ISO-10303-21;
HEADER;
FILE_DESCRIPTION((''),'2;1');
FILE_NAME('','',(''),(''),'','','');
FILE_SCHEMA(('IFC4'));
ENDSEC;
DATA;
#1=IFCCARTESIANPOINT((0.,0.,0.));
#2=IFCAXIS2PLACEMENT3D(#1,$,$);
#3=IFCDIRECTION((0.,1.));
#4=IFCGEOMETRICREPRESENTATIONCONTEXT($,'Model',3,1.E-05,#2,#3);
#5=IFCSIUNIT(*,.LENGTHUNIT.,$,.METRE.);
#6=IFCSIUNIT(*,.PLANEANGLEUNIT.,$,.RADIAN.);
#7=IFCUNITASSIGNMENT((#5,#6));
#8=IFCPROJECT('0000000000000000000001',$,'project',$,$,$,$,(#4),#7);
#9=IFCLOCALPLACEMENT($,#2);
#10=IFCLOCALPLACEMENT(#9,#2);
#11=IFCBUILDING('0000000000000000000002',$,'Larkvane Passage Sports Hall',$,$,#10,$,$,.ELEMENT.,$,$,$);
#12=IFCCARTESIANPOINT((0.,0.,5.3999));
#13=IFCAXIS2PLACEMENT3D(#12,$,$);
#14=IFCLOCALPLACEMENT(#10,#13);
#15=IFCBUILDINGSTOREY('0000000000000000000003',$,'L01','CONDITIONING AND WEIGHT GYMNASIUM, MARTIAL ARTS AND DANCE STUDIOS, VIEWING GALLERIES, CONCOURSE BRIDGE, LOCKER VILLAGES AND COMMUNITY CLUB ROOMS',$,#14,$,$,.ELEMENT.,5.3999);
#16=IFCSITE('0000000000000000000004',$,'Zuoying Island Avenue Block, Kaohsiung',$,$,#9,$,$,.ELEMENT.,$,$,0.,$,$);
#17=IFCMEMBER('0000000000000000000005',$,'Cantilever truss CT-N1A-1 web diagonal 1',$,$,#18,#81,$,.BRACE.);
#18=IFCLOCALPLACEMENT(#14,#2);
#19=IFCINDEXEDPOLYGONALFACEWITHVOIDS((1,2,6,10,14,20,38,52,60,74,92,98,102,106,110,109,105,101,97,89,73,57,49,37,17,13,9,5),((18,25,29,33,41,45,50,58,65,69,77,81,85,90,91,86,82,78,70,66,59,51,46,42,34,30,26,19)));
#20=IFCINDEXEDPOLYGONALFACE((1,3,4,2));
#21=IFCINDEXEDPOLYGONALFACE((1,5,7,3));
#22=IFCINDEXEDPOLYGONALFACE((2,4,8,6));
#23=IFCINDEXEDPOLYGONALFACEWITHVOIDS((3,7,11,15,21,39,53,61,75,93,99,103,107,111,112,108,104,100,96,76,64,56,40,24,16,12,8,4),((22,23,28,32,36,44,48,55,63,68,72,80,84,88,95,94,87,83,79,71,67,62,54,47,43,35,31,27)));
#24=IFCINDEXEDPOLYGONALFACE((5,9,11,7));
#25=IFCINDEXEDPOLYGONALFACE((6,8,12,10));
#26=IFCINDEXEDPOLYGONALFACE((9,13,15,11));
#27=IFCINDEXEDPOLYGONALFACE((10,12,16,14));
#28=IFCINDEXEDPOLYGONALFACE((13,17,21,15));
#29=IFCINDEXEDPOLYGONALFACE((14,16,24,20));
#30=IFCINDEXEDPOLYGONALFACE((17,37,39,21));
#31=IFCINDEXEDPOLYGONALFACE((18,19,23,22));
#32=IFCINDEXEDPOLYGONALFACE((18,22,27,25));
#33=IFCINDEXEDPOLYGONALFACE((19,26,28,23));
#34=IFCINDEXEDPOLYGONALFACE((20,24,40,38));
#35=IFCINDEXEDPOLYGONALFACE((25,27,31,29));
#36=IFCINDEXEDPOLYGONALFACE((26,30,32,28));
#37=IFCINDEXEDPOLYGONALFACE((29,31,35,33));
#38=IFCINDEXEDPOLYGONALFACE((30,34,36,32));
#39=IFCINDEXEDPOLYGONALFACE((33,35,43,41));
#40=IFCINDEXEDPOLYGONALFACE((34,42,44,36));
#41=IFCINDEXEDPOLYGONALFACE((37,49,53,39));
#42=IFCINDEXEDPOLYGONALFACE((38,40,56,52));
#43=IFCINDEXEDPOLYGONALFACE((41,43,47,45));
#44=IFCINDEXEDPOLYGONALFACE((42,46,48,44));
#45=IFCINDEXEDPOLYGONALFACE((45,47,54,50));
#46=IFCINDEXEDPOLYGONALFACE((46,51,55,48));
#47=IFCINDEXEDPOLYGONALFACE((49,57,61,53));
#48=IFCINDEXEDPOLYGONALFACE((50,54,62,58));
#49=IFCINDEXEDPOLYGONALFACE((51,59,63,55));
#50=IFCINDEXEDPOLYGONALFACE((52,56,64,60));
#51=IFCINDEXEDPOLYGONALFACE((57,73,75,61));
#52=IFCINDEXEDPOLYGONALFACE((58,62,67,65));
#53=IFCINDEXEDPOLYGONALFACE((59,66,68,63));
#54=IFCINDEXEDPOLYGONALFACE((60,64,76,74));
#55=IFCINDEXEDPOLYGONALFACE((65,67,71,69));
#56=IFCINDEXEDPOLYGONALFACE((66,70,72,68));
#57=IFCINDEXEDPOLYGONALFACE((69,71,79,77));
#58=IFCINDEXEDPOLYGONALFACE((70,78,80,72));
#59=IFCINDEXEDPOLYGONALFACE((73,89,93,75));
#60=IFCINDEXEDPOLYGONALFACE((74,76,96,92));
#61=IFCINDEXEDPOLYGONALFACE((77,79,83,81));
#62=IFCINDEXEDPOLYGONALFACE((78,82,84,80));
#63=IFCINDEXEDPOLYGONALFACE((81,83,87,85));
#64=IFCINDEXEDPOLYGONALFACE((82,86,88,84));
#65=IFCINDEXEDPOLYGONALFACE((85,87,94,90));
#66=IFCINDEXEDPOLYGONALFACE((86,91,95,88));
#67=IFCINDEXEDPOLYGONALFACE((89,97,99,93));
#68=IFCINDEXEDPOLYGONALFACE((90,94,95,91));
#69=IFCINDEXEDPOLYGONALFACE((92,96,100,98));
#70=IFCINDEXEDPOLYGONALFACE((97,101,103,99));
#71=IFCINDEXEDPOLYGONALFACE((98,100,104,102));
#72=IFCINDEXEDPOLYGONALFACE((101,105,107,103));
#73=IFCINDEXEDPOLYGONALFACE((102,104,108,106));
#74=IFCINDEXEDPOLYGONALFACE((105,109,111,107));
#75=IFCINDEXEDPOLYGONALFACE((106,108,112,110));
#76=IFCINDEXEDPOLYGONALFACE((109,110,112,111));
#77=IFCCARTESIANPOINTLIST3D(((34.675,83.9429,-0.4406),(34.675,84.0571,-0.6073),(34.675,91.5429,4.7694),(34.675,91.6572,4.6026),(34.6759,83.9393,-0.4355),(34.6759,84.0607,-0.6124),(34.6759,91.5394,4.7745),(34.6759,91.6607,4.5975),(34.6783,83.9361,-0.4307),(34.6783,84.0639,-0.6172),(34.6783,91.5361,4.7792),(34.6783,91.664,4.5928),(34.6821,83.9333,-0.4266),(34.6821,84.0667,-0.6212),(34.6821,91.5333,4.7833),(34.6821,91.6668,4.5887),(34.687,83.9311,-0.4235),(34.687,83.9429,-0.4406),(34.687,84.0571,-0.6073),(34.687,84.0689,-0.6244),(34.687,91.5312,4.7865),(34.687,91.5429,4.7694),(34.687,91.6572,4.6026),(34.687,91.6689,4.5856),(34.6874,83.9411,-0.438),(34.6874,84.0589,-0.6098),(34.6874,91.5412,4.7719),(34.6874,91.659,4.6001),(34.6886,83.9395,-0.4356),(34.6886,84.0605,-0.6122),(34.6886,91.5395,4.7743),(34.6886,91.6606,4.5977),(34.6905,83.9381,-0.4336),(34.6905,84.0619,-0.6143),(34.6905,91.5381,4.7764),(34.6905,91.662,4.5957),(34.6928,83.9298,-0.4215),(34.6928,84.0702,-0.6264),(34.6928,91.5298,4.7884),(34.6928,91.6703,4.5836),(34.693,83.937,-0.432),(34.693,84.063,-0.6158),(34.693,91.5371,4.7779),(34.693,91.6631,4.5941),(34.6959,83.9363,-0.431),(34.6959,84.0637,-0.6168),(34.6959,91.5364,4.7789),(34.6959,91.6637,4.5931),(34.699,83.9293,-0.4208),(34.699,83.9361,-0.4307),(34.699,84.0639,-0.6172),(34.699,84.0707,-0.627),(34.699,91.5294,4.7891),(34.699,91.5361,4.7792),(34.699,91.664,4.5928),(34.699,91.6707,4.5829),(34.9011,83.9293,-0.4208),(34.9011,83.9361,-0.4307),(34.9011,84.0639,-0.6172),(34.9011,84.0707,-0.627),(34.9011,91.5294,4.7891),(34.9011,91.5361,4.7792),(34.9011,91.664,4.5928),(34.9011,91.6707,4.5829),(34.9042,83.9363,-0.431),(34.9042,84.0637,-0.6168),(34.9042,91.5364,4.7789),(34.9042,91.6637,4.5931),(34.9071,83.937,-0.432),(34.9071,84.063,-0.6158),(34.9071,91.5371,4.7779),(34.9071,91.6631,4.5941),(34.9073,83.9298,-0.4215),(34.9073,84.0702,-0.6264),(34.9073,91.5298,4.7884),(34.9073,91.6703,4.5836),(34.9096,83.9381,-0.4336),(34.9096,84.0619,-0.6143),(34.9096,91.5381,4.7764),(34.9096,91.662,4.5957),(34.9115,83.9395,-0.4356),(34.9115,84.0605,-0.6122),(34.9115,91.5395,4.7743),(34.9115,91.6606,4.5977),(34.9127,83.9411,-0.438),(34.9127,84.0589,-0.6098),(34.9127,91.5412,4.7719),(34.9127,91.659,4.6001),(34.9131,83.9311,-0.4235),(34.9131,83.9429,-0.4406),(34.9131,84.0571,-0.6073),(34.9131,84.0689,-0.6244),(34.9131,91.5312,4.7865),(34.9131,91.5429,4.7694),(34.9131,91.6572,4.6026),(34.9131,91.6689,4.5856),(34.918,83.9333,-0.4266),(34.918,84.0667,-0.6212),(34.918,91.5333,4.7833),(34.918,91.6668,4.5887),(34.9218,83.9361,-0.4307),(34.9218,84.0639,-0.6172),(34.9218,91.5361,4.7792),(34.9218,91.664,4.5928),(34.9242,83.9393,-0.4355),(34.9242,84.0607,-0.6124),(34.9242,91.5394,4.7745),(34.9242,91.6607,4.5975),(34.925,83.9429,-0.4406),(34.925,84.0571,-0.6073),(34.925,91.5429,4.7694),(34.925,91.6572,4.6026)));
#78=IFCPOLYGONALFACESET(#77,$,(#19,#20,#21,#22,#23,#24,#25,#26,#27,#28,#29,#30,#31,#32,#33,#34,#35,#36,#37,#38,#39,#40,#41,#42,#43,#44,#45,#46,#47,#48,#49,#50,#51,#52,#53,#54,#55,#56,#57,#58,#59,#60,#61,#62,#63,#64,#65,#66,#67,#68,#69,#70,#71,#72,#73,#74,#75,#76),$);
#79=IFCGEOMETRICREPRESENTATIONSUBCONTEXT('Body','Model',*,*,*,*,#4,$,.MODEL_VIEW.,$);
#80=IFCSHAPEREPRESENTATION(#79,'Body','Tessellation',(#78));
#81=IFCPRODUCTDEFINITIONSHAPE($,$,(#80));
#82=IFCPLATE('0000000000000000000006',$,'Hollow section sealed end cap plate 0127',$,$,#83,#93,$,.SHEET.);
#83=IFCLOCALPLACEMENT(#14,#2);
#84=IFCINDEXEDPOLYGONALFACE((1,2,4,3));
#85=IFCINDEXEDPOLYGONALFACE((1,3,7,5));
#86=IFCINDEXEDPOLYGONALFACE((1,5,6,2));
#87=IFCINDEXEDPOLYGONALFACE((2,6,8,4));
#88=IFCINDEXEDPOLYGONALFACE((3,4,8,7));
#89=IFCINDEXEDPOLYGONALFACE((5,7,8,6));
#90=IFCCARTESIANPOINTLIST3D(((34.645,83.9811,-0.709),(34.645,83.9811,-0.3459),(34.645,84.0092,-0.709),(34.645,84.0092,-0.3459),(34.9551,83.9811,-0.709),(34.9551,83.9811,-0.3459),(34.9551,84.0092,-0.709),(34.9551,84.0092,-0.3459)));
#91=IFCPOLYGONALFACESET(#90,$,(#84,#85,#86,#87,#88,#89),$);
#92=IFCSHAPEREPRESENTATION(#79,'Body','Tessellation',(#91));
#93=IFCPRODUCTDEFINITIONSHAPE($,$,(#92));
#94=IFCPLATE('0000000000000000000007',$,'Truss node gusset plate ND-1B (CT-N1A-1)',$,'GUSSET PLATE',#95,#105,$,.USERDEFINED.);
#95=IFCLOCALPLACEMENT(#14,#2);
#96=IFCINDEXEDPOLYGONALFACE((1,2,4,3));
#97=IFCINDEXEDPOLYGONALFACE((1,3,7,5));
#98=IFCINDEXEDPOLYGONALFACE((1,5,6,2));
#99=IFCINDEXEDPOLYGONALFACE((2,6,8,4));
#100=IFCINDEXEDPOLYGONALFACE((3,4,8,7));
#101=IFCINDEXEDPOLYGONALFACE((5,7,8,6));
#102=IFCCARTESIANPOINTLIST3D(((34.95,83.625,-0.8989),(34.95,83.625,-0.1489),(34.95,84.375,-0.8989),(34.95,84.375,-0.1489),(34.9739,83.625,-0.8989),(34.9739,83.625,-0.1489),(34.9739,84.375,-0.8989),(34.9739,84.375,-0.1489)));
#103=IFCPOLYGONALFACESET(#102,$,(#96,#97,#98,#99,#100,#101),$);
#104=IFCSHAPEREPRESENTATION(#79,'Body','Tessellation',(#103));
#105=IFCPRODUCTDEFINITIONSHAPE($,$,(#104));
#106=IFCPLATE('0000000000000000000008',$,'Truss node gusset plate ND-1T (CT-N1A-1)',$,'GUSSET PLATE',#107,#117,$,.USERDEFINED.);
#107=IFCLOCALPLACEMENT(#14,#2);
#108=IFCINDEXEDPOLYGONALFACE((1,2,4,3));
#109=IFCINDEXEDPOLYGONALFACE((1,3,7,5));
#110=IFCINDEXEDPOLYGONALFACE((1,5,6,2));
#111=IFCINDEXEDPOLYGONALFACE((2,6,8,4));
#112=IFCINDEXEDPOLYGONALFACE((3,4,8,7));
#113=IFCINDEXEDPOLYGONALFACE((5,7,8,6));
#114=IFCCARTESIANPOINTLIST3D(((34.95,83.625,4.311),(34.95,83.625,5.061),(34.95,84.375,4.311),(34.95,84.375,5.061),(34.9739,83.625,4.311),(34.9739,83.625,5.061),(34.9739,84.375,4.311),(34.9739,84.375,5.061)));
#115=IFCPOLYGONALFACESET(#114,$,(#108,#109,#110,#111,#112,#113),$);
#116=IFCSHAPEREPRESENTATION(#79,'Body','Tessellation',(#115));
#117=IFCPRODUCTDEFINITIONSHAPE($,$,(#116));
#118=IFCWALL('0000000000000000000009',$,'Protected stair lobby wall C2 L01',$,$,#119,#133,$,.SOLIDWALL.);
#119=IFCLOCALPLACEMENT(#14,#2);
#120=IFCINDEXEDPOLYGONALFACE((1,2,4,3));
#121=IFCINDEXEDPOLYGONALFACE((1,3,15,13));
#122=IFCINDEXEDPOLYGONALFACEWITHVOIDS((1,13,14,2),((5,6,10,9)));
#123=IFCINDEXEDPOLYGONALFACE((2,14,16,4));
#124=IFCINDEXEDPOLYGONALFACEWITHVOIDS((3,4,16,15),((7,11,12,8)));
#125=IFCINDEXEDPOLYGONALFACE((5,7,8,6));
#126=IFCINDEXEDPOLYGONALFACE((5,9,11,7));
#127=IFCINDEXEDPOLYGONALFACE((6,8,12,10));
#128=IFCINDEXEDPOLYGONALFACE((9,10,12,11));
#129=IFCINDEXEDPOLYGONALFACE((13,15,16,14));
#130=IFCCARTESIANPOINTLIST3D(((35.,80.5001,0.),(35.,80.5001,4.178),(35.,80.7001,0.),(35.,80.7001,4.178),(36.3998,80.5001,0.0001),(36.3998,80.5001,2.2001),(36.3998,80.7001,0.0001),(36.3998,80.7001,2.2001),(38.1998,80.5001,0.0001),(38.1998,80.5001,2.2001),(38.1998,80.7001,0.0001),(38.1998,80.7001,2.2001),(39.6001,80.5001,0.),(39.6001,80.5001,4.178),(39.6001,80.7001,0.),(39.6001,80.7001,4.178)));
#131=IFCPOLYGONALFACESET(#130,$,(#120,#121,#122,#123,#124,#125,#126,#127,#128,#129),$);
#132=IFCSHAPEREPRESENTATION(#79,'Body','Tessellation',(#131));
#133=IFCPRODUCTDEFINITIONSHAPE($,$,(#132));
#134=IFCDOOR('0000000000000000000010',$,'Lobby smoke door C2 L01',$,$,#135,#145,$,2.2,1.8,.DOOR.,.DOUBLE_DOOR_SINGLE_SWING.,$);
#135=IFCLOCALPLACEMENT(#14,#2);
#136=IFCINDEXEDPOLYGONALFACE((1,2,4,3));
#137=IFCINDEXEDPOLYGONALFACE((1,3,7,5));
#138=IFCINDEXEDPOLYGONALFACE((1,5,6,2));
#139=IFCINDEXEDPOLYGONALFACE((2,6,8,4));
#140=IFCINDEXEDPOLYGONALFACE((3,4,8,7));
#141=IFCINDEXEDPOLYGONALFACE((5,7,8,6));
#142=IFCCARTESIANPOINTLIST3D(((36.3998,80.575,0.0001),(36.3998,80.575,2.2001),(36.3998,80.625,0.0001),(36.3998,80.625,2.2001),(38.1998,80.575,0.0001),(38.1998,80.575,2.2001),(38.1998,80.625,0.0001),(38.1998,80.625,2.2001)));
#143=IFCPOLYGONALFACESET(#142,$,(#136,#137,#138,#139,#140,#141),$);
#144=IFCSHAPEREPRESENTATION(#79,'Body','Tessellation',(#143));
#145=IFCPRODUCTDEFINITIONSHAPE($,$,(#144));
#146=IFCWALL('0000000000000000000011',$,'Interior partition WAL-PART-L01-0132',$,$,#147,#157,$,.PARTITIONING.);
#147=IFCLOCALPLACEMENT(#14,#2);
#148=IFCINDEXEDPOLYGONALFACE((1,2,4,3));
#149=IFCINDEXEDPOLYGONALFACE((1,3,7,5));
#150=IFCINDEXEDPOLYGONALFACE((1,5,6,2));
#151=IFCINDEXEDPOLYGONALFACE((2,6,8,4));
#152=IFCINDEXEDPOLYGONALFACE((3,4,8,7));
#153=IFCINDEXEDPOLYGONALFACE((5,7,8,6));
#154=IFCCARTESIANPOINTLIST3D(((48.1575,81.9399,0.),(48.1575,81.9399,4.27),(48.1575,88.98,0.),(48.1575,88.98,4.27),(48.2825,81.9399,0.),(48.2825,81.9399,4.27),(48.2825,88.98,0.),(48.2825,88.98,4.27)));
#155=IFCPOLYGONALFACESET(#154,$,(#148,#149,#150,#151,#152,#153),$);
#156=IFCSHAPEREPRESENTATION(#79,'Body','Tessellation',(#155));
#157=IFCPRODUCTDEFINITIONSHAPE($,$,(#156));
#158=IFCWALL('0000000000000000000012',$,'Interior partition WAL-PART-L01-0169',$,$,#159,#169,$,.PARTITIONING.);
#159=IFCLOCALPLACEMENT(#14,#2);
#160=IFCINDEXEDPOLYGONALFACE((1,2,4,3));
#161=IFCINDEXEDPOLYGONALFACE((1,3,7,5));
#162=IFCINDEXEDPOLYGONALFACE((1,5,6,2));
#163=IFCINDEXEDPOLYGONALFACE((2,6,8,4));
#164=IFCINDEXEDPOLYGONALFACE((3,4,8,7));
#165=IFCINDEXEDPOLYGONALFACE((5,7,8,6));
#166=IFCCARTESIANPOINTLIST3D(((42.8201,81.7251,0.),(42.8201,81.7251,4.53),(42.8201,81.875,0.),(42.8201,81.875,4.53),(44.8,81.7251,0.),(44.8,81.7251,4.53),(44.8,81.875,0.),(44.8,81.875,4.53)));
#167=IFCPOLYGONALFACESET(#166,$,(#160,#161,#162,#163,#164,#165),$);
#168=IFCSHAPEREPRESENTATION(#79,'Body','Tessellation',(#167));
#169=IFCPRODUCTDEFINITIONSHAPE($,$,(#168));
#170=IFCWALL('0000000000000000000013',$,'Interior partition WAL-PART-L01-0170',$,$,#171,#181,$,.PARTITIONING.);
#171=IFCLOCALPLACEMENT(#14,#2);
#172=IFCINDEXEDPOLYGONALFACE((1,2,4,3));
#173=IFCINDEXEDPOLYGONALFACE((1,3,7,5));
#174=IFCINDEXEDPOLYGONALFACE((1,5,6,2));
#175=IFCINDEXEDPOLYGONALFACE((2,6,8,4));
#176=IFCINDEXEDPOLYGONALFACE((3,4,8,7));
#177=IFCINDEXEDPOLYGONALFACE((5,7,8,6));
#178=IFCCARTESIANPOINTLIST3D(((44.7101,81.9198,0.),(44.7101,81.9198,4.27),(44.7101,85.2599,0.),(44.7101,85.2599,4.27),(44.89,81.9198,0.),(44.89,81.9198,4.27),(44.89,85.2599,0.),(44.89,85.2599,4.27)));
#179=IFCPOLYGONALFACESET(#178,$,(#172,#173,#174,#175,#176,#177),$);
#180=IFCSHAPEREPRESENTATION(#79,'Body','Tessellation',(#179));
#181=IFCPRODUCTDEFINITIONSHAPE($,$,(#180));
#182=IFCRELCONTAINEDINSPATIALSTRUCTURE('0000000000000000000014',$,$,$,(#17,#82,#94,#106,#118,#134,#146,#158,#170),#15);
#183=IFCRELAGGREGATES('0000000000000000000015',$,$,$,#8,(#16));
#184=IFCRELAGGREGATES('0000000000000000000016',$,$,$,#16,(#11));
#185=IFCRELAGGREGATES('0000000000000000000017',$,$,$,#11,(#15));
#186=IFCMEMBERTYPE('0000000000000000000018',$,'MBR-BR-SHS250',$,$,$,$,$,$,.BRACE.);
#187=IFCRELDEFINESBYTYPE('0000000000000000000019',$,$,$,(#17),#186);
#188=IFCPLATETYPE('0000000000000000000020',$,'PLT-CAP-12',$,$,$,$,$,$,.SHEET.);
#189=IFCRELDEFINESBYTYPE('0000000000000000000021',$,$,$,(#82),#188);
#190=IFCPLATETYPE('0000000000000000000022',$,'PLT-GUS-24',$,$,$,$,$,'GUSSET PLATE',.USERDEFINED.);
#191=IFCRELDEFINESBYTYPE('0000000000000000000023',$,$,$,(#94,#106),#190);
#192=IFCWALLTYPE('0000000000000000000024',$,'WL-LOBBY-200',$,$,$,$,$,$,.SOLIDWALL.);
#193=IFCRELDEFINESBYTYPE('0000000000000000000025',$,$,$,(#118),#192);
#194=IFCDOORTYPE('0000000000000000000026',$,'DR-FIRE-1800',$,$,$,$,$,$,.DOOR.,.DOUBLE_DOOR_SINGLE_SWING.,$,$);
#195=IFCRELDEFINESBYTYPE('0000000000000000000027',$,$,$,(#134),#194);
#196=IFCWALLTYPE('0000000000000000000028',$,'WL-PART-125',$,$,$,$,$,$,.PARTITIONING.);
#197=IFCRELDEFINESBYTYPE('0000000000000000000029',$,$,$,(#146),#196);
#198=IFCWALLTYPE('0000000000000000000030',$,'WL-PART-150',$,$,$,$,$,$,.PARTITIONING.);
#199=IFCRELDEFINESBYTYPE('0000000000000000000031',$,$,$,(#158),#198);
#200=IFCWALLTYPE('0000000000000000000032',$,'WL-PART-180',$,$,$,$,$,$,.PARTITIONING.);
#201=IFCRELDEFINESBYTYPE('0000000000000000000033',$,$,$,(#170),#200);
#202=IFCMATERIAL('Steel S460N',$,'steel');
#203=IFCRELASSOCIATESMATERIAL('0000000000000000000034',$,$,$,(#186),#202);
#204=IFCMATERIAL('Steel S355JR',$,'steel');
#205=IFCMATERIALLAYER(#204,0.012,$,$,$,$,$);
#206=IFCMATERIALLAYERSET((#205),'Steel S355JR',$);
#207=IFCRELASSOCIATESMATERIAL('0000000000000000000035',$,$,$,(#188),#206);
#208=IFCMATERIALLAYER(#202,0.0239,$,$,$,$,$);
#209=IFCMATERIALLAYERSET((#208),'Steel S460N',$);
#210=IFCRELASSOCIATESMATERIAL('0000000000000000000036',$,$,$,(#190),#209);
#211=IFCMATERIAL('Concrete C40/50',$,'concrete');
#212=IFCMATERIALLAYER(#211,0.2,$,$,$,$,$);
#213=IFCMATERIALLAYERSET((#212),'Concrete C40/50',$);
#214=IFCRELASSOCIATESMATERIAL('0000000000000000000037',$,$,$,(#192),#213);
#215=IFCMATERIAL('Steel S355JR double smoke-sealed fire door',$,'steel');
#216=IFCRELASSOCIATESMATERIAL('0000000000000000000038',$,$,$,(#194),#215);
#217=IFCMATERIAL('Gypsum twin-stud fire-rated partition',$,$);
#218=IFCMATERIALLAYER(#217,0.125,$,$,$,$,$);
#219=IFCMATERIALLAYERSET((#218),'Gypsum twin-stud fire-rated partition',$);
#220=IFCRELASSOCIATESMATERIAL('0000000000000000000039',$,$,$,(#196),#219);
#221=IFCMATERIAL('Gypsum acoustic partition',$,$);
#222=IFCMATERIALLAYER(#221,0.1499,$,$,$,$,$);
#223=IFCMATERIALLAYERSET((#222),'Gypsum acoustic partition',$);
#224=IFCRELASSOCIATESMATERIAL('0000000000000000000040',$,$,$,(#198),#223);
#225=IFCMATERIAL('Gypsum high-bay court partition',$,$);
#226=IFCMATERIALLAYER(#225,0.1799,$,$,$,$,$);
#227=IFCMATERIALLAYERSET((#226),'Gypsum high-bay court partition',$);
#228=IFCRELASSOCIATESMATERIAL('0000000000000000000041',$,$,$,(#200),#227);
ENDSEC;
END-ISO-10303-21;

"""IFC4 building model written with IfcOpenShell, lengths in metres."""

from ifc_helpers import new_model, si_unit, direction, frame, frame_2d, origin, origin_2d, place, context, subcontext, project, spatial, rectangle, hollow_rectangle, extrude, material, layer, layer_set, material_profile, profile_set, type_object, element, fill, save


model = new_model("IFC4")

# Units and contexts
model_context = context("Model", 3, precision=1e-05, world=origin(), true_north=direction((0.0, 1.0)))
body_context = subcontext(model_context, "Body", "Model", "MODEL_VIEW")
ifc_project = project(units=[si_unit("LENGTHUNIT", "METRE"), si_unit("PLANEANGLEUNIT", "RADIAN")], contexts=[model_context])

# Site, building, storey
site_placement = place(None, origin())
site = spatial("IfcSite", under=ifc_project, at=site_placement, Name="Zuoying Island Avenue Block, Kaohsiung", CompositionType="ELEMENT", RefElevation=0.0)
building_placement = place(site_placement, origin())
building = spatial("IfcBuilding", under=site, at=building_placement, Name="Larkvane Passage Sports Hall", CompositionType="ELEMENT")
storey_placement = place(building_placement, frame((0.0, 0.0, 5.3999)))
storey = spatial("IfcBuildingStorey", under=building, at=storey_placement, Name="L01", Description="CONDITIONING AND WEIGHT GYMNASIUM, MARTIAL ARTS AND DANCE STUDIOS, VIEWING GALLERIES, CONCOURSE BRIDGE, LOCKER VILLAGES AND COMMUNITY CLUB ROOMS", CompositionType="ELEMENT", Elevation=5.3999)

# Shared definitions
ifc_material_1 = material(Name="Concrete C40/50", Category="concrete")
ifc_material_2 = material(Name="Steel S355JR", Category="steel")
ifc_material_3 = material(Name="Steel S460N", Category="steel")

# Member
ifc_material_profile_1 = material_profile(ifc_material_3, hollow_rectangle(XDim=0.25, YDim=0.25, WallThickness=0.012, InnerFilletRadius=0.012, OuterFilletRadius=0.0239, at=origin_2d()), Name="SHS-250x250x12")
ifc_profile_set_1 = profile_set([ifc_material_profile_1], Name="Steel S460N")
member_type = type_object("IfcMemberType", Name="MBR-BR-SHS250", PredefinedType="BRACE", material=ifc_profile_set_1)
member_placement = place(storey_placement, frame((34.8, 84.0, -0.5239), z_axis=(0.0, 0.824807, 0.565415), x_axis=(-1.0, 0.0, 0.0)))
element("IfcMember", 1, at=member_placement, inside=storey, type_object=member_type, Name="Cantilever truss CT-N1A-1 web diagonal 1", PredefinedType="BRACE", context=body_context, shape_type="SweptSolid", body=[
    extrude(hollow_rectangle(XDim=0.25, YDim=0.25, WallThickness=0.012, InnerFilletRadius=0.012, OuterFilletRadius=0.0239, at=origin_2d()), origin(), (0.0, 0.0, 1.0), 9.2144),
])

# Plates
ifc_layer_1 = layer(ifc_material_2, 0.012)
ifc_layer_set_1 = layer_set([ifc_layer_1], Name="Steel S355JR")
plate_type_1 = type_object("IfcPlateType", Name="PLT-CAP-12", PredefinedType="SHEET", material=ifc_layer_set_1)
plate_placement = place(storey_placement, frame((34.8, 83.9951, -0.709), z_axis=(0.0, 0.0, 1.0), x_axis=(-1.0, 0.0, 0.0)))
element("IfcPlate", 2, at=plate_placement, inside=storey, type_object=plate_type_1, Name="Hollow section sealed end cap plate 0127", PredefinedType="SHEET", context=body_context, shape_type="SweptSolid", body=[
    extrude(rectangle(XDim=0.3101, YDim=0.0281, at=origin_2d()), origin(), (0.0, 0.0, 1.0), 0.363),
])
ifc_layer_2 = layer(ifc_material_3, 0.0239)
ifc_layer_set_2 = layer_set([ifc_layer_2], Name="Steel S460N")
plate_type_2 = type_object("IfcPlateType", Name="PLT-GUS-24", ElementType="GUSSET PLATE", PredefinedType="USERDEFINED", material=ifc_layer_set_2)
for number, where, z_axis, x_axis, name in (
    (3, (34.9619, 84.0, -0.8989), (0.0, 0.0, 1.0), (0.0, 1.0, 0.0), "Truss node gusset plate ND-1B (CT-N1A-1)"),
    (4, (34.9619, 84.0, 4.311), (0.0, 0.0, 1.0), (0.0, 1.0, 0.0), "Truss node gusset plate ND-1T (CT-N1A-1)"),
):
    element("IfcPlate", number, at=place(storey_placement, frame(where, z_axis=z_axis, x_axis=x_axis)), inside=storey, type_object=plate_type_2, Name=name, ObjectType="GUSSET PLATE", PredefinedType="USERDEFINED", context=body_context, shape_type="SweptSolid", body=[
        extrude(rectangle(XDim=0.75, YDim=0.0239, at=origin_2d()), origin(), (0.0, 0.0, 1.0), 0.75),
    ])

# Wall, opening, door
ifc_layer_3 = layer(ifc_material_1, 0.2)
ifc_layer_set_3 = layer_set([ifc_layer_3], Name="Concrete C40/50")
wall_type_1 = type_object("IfcWallType", Name="WL-LOBBY-200", PredefinedType="SOLIDWALL", material=ifc_layer_set_3)
wall_1_placement = place(storey_placement, frame((35.0, 80.6001, 0.0), z_axis=(0.0, 0.0, 1.0), x_axis=(1.0, 0.0, 0.0)))
wall_1 = element("IfcWall", 5, at=wall_1_placement, inside=storey, type_object=wall_type_1, Name="Protected stair lobby wall C2 L01", PredefinedType="SOLIDWALL", context=body_context, shape_type="SweptSolid", body=[
    extrude(rectangle(XDim=4.6001, YDim=0.2, at=frame_2d((2.3, 0.0))), origin(), (0.0, 0.0, 1.0), 4.178),
])
opening_1_placement = place(wall_1_placement, frame((1.3999, 0.0, 0.0)))
opening_1 = element("IfcOpeningElement", 6, at=opening_1_placement, cuts=wall_1, PredefinedType="OPENING", context=body_context, shape_type="SweptSolid", body=[
    extrude(rectangle(XDim=1.8, YDim=2.2, at=frame_2d((0.8999, 1.1001))), frame((0.0, 0.1099, 0.0), z_axis=(0.0, -1.0, 0.0), x_axis=(1.0, 0.0, 0.0)), (0.0, 0.0, 1.0), 0.22),
])
ifc_material_4 = material(Name="Steel S355JR double smoke-sealed fire door", Category="steel")
door_type_1 = type_object("IfcDoorType", Name="DR-FIRE-1800", OperationType="DOUBLE_DOOR_SINGLE_SWING", PredefinedType="DOOR", material=ifc_material_4)
door_1_placement = place(opening_1_placement, origin())
door_1 = element("IfcDoor", 7, at=door_1_placement, inside=storey, type_object=door_type_1, Name="Lobby smoke door C2 L01", OperationType="DOUBLE_DOOR_SINGLE_SWING", OverallHeight=2.2, OverallWidth=1.8, PredefinedType="DOOR", context=body_context, shape_type="SweptSolid", body=[
    extrude(rectangle(XDim=1.8, YDim=2.2, at=frame_2d((0.8999, 1.1001))), frame((0.0, 0.0249, 0.0), z_axis=(0.0, -1.0, 0.0), x_axis=(1.0, 0.0, 0.0)), (0.0, 0.0, 1.0), 0.05),
])
fill(opening_1, door_1)

# Walls
ifc_material_5 = material(Name="Gypsum twin-stud fire-rated partition")
ifc_layer_4 = layer(ifc_material_5, 0.125)
ifc_layer_set_4 = layer_set([ifc_layer_4], Name="Gypsum twin-stud fire-rated partition")
wall_type_2 = type_object("IfcWallType", Name="WL-PART-125", PredefinedType="PARTITIONING", material=ifc_layer_set_4)
wall_2_placement = place(storey_placement, frame((48.22, 81.9399, 0.0), z_axis=(0.0, 0.0, 1.0), x_axis=(0.0, 1.0, 0.0)))
element("IfcWall", 8, at=wall_2_placement, inside=storey, type_object=wall_type_2, Name="Interior partition WAL-PART-L01-0132", PredefinedType="PARTITIONING", context=body_context, shape_type="SweptSolid", body=[
    extrude(rectangle(XDim=7.04, YDim=0.125, at=frame_2d((3.52, 0.0))), origin(), (0.0, 0.0, 1.0), 4.27),
])
ifc_material_6 = material(Name="Gypsum acoustic partition")
ifc_layer_5 = layer(ifc_material_6, 0.1499)
ifc_layer_set_5 = layer_set([ifc_layer_5], Name="Gypsum acoustic partition")
wall_type_3 = type_object("IfcWallType", Name="WL-PART-150", PredefinedType="PARTITIONING", material=ifc_layer_set_5)
wall_3_placement = place(storey_placement, frame((42.8201, 81.8, 0.0), z_axis=(0.0, 0.0, 1.0), x_axis=(1.0, 0.0, 0.0)))
element("IfcWall", 9, at=wall_3_placement, inside=storey, type_object=wall_type_3, Name="Interior partition WAL-PART-L01-0169", PredefinedType="PARTITIONING", context=body_context, shape_type="SweptSolid", body=[
    extrude(rectangle(XDim=1.98, YDim=0.1499, at=frame_2d((0.99, 0.0))), origin(), (0.0, 0.0, 1.0), 4.53),
])
ifc_material_7 = material(Name="Gypsum high-bay court partition")
ifc_layer_6 = layer(ifc_material_7, 0.1799)
ifc_layer_set_6 = layer_set([ifc_layer_6], Name="Gypsum high-bay court partition")
wall_type_4 = type_object("IfcWallType", Name="WL-PART-180", PredefinedType="PARTITIONING", material=ifc_layer_set_6)
wall_4_placement = place(storey_placement, frame((44.8, 81.9199, 0.0), z_axis=(0.0, 0.0, 1.0), x_axis=(0.0, 1.0, 0.0)))
element("IfcWall", 10, at=wall_4_placement, inside=storey, type_object=wall_type_4, Name="Interior partition WAL-PART-L01-0170", PredefinedType="PARTITIONING", context=body_context, shape_type="SweptSolid", body=[
    extrude(rectangle(XDim=3.3401, YDim=0.1799, at=frame_2d((1.6699, 0.0))), origin(), (0.0, 0.0, 1.0), 4.27),
])

save(model, "model.ifc")
